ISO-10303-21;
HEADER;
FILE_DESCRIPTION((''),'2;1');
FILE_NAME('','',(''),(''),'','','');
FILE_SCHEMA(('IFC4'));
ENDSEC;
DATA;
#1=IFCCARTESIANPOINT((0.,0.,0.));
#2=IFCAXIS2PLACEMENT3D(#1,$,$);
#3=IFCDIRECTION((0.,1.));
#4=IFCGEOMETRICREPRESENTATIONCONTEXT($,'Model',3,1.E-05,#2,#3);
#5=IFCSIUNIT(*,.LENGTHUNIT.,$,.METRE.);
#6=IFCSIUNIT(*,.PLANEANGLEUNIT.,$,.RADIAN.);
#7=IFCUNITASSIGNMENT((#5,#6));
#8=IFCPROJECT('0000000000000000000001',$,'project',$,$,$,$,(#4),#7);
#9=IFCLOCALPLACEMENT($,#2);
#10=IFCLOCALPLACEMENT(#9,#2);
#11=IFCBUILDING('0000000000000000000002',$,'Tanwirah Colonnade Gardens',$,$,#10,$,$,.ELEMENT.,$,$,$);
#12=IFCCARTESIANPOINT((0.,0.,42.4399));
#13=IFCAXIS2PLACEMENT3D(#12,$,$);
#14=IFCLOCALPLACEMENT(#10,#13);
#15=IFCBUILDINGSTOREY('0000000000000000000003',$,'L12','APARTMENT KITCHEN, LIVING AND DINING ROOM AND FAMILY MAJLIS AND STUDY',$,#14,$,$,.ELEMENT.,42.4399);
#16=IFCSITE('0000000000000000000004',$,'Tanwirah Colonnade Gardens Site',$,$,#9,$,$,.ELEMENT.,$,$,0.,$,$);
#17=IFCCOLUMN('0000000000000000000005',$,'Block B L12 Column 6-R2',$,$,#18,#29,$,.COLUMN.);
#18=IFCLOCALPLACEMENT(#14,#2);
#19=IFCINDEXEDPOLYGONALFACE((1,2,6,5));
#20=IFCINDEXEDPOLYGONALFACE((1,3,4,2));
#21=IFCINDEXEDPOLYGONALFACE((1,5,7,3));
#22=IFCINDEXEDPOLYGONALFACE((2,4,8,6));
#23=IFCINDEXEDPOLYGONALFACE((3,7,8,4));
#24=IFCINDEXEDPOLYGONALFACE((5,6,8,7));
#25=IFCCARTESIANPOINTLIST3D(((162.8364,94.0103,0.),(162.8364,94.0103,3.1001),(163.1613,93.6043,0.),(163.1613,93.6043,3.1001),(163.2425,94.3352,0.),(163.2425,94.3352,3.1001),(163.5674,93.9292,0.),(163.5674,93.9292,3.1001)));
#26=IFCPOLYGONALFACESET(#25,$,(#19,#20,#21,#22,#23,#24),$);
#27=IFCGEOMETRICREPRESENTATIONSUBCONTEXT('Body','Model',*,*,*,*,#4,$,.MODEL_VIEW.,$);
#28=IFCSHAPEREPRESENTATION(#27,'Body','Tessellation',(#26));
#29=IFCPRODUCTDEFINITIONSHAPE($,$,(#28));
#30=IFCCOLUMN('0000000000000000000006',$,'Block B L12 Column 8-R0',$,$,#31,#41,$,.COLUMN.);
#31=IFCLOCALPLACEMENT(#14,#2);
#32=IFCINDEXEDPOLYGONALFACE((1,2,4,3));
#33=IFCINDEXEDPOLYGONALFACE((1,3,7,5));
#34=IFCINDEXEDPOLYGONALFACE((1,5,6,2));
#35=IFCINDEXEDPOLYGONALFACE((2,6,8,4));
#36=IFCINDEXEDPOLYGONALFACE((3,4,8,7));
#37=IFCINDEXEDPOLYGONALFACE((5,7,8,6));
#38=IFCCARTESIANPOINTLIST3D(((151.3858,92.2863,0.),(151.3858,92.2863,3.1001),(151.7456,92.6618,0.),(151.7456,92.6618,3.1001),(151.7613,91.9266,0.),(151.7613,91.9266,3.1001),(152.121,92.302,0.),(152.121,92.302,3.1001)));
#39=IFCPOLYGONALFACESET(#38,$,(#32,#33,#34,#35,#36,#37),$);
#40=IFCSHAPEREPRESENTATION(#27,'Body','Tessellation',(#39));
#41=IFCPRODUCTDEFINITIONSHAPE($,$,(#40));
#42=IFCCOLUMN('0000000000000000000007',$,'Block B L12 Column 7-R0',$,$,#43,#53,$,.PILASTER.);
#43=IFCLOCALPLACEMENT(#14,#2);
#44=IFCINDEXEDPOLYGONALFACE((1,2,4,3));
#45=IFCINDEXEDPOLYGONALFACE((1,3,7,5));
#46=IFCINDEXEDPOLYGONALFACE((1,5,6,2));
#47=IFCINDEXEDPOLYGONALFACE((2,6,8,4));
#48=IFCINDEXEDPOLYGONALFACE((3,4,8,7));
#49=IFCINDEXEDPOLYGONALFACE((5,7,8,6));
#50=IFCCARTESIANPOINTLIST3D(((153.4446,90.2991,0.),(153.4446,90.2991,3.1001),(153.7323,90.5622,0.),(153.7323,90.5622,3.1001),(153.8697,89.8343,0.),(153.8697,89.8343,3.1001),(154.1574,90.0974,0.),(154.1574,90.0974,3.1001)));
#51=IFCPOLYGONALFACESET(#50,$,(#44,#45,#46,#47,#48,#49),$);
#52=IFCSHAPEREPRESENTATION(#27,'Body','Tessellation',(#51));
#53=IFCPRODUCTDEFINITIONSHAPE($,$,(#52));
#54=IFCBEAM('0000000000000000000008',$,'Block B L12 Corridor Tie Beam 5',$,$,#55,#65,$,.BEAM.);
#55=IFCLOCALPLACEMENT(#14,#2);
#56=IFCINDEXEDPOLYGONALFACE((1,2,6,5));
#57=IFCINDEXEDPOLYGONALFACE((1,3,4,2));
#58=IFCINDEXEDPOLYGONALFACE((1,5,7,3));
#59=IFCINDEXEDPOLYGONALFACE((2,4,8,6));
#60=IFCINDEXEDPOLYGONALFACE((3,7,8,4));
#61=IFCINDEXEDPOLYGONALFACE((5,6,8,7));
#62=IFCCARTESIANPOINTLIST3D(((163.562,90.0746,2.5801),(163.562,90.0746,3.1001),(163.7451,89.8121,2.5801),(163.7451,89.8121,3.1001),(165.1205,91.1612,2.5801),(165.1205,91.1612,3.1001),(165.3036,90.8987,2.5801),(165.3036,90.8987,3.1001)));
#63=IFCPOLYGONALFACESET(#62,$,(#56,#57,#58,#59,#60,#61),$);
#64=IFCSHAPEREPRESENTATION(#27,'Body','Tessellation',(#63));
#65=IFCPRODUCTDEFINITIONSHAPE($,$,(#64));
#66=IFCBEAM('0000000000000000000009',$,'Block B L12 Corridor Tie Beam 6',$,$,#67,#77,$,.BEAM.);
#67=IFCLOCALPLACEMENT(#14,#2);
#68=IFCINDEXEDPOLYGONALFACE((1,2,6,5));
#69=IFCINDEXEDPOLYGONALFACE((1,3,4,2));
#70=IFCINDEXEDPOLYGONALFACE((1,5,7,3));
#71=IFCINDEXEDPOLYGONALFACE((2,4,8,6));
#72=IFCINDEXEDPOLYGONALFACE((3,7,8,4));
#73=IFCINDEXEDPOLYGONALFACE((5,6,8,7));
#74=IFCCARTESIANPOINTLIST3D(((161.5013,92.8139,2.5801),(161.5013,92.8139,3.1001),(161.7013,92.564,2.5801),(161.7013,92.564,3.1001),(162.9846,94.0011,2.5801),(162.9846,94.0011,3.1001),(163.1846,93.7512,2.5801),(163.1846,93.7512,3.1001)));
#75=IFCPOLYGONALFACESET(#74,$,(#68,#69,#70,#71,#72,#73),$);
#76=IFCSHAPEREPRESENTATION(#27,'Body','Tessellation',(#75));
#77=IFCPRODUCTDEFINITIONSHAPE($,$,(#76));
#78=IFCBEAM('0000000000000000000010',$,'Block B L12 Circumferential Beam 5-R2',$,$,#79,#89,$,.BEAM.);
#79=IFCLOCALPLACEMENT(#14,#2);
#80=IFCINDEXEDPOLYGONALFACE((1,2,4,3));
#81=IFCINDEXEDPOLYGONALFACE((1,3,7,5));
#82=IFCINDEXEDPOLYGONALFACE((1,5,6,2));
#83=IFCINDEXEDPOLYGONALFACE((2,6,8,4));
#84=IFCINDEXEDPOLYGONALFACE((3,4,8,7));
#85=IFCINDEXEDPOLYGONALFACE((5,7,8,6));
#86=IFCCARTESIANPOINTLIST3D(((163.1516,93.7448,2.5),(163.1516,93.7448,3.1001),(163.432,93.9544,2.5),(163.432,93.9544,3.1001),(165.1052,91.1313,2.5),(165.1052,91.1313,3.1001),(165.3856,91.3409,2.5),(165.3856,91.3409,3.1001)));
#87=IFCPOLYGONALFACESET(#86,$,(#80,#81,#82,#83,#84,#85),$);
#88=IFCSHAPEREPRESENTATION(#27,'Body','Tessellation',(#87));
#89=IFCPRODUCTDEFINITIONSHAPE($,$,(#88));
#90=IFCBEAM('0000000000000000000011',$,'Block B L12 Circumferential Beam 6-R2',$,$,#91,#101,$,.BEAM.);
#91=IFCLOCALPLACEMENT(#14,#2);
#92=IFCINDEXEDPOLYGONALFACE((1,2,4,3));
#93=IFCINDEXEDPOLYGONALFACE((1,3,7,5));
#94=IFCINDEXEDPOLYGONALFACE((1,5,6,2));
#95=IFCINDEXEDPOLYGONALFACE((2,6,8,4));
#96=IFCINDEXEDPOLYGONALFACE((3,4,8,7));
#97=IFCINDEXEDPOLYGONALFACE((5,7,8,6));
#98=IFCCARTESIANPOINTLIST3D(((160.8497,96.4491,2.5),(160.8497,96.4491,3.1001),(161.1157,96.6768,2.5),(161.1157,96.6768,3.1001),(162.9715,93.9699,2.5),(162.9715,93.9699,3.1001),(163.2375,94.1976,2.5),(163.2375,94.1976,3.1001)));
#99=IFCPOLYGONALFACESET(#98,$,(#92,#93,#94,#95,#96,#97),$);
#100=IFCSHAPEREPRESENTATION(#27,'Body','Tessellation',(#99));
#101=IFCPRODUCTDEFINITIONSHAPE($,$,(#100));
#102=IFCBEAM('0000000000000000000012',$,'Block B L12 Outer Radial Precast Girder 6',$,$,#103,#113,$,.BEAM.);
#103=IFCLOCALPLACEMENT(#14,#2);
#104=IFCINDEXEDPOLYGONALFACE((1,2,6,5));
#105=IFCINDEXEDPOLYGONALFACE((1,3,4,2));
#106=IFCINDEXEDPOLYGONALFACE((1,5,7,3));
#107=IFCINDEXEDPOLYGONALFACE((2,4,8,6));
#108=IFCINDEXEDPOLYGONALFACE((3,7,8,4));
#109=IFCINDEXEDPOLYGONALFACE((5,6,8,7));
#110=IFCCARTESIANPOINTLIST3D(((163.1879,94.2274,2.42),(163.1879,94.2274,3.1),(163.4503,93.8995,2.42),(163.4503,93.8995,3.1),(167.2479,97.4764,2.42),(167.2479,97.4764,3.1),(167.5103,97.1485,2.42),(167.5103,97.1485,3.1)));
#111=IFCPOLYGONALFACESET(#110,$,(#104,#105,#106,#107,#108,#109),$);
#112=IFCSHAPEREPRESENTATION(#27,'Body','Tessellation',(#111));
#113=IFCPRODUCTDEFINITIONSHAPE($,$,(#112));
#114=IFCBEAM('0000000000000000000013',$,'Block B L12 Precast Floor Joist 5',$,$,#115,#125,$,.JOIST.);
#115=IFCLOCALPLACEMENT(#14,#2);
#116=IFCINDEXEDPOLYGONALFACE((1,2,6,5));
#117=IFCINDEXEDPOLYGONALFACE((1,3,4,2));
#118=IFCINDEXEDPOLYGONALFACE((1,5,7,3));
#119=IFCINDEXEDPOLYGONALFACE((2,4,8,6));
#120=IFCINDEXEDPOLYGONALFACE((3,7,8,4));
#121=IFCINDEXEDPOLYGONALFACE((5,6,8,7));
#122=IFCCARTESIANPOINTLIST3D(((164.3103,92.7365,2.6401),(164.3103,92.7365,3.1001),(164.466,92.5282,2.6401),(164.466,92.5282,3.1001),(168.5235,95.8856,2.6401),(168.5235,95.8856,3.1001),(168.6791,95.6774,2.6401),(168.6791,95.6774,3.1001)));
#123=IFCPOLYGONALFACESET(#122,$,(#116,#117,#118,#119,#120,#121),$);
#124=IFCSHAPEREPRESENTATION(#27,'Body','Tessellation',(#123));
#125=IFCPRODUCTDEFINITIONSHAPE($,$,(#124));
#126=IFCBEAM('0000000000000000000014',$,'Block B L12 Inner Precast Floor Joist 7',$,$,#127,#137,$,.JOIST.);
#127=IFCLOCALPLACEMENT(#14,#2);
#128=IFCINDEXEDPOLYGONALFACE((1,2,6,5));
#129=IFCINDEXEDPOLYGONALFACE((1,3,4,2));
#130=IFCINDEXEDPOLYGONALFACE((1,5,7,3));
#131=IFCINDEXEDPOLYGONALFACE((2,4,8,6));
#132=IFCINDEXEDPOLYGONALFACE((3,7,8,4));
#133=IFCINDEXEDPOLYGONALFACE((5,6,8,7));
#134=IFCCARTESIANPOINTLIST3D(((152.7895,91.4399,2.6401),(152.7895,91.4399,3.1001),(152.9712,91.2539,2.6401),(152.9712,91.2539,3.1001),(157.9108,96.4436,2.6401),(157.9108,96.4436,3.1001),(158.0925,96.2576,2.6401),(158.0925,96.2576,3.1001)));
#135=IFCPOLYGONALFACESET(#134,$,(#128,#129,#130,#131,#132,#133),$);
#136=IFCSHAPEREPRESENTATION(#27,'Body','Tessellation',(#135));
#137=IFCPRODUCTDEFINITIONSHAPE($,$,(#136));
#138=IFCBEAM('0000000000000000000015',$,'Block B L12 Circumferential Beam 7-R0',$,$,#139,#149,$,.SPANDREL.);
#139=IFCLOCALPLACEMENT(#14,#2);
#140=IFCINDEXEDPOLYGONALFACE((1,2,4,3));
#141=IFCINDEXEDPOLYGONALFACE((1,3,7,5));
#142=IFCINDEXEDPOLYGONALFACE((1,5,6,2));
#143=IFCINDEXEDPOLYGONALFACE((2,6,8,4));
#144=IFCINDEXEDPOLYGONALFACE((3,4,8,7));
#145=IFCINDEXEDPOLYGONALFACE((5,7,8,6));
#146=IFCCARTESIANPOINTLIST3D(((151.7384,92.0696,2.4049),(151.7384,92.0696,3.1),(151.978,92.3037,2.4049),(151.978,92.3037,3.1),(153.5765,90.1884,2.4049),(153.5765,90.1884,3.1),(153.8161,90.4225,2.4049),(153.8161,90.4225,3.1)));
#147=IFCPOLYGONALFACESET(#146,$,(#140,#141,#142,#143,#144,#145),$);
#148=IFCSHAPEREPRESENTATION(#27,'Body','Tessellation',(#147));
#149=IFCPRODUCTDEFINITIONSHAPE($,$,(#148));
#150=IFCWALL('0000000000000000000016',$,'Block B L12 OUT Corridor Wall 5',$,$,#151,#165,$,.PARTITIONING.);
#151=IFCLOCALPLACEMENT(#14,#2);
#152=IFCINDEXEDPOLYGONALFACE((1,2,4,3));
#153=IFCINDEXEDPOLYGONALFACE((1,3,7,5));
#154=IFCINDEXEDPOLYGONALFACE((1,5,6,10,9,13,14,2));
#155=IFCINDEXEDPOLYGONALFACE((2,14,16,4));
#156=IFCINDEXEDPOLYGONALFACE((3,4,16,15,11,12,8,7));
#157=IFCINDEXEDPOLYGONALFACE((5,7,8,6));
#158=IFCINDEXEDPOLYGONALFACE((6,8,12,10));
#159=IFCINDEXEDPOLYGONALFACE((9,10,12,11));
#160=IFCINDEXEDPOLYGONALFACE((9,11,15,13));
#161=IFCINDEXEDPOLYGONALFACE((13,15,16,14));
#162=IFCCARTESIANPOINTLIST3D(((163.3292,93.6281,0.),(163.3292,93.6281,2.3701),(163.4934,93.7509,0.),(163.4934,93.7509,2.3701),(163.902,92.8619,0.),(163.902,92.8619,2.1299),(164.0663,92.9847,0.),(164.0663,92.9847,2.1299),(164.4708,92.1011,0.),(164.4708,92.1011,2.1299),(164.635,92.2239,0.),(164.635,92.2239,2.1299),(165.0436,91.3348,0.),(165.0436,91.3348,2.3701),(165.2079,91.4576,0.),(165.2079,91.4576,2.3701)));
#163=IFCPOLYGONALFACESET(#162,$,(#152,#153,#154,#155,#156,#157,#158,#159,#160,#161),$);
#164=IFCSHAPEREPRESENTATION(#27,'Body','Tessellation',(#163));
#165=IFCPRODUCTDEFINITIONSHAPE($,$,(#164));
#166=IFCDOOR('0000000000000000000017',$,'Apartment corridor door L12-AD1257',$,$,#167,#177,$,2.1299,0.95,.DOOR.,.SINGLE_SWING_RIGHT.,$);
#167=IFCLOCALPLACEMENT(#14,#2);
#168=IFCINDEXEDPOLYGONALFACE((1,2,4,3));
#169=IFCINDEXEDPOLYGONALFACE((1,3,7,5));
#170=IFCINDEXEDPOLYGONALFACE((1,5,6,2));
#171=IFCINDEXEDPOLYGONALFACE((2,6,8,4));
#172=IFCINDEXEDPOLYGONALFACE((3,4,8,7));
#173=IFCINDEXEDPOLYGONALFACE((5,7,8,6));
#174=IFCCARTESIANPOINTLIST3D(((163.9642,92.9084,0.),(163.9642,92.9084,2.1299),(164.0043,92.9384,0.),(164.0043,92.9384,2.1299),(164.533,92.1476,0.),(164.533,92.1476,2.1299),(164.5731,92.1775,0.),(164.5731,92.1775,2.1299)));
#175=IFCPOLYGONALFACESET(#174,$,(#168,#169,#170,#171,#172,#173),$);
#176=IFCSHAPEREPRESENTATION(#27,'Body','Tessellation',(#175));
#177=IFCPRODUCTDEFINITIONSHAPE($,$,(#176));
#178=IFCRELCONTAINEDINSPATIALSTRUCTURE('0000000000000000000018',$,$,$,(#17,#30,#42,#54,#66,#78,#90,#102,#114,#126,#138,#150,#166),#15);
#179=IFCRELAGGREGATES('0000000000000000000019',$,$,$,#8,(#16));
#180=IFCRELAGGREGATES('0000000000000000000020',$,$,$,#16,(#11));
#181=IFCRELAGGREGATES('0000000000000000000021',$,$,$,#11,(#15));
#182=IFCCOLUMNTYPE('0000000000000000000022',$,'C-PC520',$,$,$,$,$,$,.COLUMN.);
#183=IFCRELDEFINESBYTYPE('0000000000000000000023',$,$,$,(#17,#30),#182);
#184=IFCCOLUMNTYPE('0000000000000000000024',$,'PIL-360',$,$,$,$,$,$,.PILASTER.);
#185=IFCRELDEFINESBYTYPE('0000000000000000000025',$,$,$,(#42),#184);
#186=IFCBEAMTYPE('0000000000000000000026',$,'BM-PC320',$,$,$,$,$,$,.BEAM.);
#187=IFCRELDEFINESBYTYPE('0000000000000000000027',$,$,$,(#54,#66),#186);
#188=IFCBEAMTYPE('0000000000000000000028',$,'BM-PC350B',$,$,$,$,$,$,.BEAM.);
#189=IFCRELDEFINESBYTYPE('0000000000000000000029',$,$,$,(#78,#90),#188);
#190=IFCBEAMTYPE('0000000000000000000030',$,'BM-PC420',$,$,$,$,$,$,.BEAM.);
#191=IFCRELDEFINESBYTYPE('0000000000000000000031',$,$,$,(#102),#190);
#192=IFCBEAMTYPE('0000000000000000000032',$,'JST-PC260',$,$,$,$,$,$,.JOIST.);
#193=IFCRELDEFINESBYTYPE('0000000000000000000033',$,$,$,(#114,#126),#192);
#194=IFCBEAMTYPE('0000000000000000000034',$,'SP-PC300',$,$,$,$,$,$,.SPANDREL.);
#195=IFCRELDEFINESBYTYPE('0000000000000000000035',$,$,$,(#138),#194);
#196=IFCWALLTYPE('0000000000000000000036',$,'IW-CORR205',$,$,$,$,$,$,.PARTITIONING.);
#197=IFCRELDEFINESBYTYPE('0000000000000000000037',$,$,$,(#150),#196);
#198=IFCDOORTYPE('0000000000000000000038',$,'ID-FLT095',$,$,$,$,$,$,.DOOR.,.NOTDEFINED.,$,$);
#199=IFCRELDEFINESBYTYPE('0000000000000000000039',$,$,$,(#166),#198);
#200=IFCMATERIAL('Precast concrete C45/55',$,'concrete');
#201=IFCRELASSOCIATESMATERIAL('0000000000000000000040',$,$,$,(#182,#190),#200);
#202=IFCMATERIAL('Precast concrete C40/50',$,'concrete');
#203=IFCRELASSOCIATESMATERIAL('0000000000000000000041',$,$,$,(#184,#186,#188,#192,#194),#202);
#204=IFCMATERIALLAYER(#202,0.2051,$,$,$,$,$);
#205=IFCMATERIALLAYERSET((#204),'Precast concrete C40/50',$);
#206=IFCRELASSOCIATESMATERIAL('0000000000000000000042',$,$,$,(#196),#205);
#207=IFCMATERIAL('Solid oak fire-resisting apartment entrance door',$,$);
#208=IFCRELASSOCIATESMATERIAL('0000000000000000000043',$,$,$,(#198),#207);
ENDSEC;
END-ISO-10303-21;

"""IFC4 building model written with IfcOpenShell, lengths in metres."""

from ifc_helpers import new_model, si_unit, direction, frame, frame_2d, origin, origin_2d, place, context, subcontext, project, spatial, rectangle, extrude, material, layer, layer_set, material_profile, profile_set, type_object, element, fill, save


model = new_model("IFC4")

# Units and contexts
model_context = context("Model", 3, precision=1e-05, world=origin(), true_north=direction((0.0, 1.0)))
body_context = subcontext(model_context, "Body", "Model", "MODEL_VIEW")
ifc_project = project(units=[si_unit("LENGTHUNIT", "METRE"), si_unit("PLANEANGLEUNIT", "RADIAN")], contexts=[model_context])

# Site, building, storey
site_placement = place(None, origin())
site = spatial("IfcSite", under=ifc_project, at=site_placement, Name="Tanwirah Colonnade Gardens Site", CompositionType="ELEMENT", RefElevation=0.0)
building_placement = place(site_placement, origin())
building = spatial("IfcBuilding", under=site, at=building_placement, Name="Tanwirah Colonnade Gardens", CompositionType="ELEMENT")
storey_placement = place(building_placement, frame((0.0, 0.0, 42.4399)))
storey = spatial("IfcBuildingStorey", under=building, at=storey_placement, Name="L12", Description="APARTMENT KITCHEN, LIVING AND DINING ROOM AND FAMILY MAJLIS AND STUDY", CompositionType="ELEMENT", Elevation=42.4399)

# Columns
ifc_material_1 = material(Name="Precast concrete C45/55", Category="concrete")
ifc_material_profile_1 = material_profile(ifc_material_1, rectangle(XDim=0.52, YDim=0.52, at=origin_2d()), Name="PC-COL 520x520")
ifc_profile_set_1 = profile_set([ifc_material_profile_1], Name="Precast concrete C45/55")
column_type_1 = type_object("IfcColumnType", Name="C-PC520", PredefinedType="COLUMN", material=ifc_profile_set_1)
for number, where, z_axis, x_axis, name in (
    (1, (163.2019, 93.9697, 0.0), (0.0, 0.0, 1.0), (0.780794, 0.624789, 0.0), "Block B L12 Column 6-R2"),
    (2, (151.7534, 92.2942, 0.0), (0.0, 0.0, 1.0), (0.691863, 0.722029, 0.0), "Block B L12 Column 8-R0"),
):
    element("IfcColumn", number, at=place(storey_placement, frame(where, z_axis=z_axis, x_axis=x_axis)), inside=storey, type_object=column_type_1, Name=name, PredefinedType="COLUMN", context=body_context, shape_type="SweptSolid", body=[
        extrude(rectangle(XDim=0.52, YDim=0.52, at=origin_2d()), origin(), (0.0, 0.0, 1.0), 3.1001),
    ])
ifc_material_2 = material(Name="Precast concrete C40/50", Category="concrete")
ifc_material_profile_2 = material_profile(ifc_material_2, rectangle(XDim=0.3899, YDim=0.6299, at=origin_2d()), Name="PC-PIL 390x630")
ifc_profile_set_2 = profile_set([ifc_material_profile_2], Name="Precast concrete C40/50")
column_type_2 = type_object("IfcColumnType", Name="PIL-360", PredefinedType="PILASTER", material=ifc_profile_set_2)
column_placement = place(storey_placement, frame((153.801, 90.1982, 0.0), z_axis=(0.0, 0.0, 1.0), x_axis=(0.737932, 0.674875, 0.0)))
element("IfcColumn", 3, at=column_placement, inside=storey, type_object=column_type_2, Name="Block B L12 Column 7-R0", PredefinedType="PILASTER", context=body_context, shape_type="SweptSolid", body=[
    extrude(rectangle(XDim=0.3899, YDim=0.6299, at=origin_2d()), origin(), (0.0, 0.0, 1.0), 3.1001),
])

# Beams
ifc_material_profile_3 = material_profile(ifc_material_2, rectangle(XDim=0.3201, YDim=0.52, at=origin_2d()), Name="PC-BM 320x520")
ifc_profile_set_3 = profile_set([ifc_material_profile_3], Name="Precast concrete C40/50")
beam_type_1 = type_object("IfcBeamType", Name="BM-PC320", PredefinedType="BEAM", material=ifc_profile_set_3)
for number, where, z_axis, x_axis, name in (
    (4, (163.6536, 89.9434, 2.8401), (0.820305, 0.571926, 0.0), (-0.571926, 0.820305, 0.0), "Block B L12 Corridor Tie Beam 5"),
    (5, (161.6013, 92.689, 2.8401), (0.780731, 0.624867, 0.0), (-0.624867, 0.780731, 0.0), "Block B L12 Corridor Tie Beam 6"),
):
    element("IfcBeam", number, at=place(storey_placement, frame(where, z_axis=z_axis, x_axis=x_axis)), inside=storey, type_object=beam_type_1, Name=name, PredefinedType="BEAM", context=body_context, shape_type="SweptSolid", body=[
        extrude(rectangle(XDim=0.3201, YDim=0.52, at=origin_2d()), origin(), (0.0, 0.0, 1.0), 1.8999),
    ])
ifc_material_profile_4 = material_profile(ifc_material_2, rectangle(XDim=0.3501, YDim=0.6001, at=origin_2d()), Name="PC-BM 350x600")
ifc_profile_set_4 = profile_set([ifc_material_profile_4], Name="Precast concrete C40/50")
beam_type_2 = type_object("IfcBeamType", Name="BM-PC350B", PredefinedType="BEAM", material=ifc_profile_set_4)
beam_1_placement = place(storey_placement, frame((165.2454, 91.2361, 2.8), z_axis=(-0.598718, 0.80096, 0.0), x_axis=(-0.80096, -0.598718, 0.0)))
element("IfcBeam", 6, at=beam_1_placement, inside=storey, type_object=beam_type_2, Name="Block B L12 Circumferential Beam 5-R2", PredefinedType="BEAM", context=body_context, shape_type="SweptSolid", body=[
    extrude(rectangle(XDim=0.3501, YDim=0.6001, at=origin_2d()), origin(), (0.0, 0.0, 1.0), 3.2629),
])
beam_2_placement = place(storey_placement, frame((163.1045, 94.0837, 2.8), z_axis=(-0.650218, 0.759748, 0.0), x_axis=(-0.759748, -0.650218, 0.0)))
element("IfcBeam", 7, at=beam_2_placement, inside=storey, type_object=beam_type_2, Name="Block B L12 Circumferential Beam 6-R2", PredefinedType="BEAM", context=body_context, shape_type="SweptSolid", body=[
    extrude(rectangle(XDim=0.3501, YDim=0.6001, at=origin_2d()), origin(), (0.0, 0.0, 1.0), 3.2632),
])
ifc_material_profile_5 = material_profile(ifc_material_1, rectangle(XDim=0.4199, YDim=0.6799, at=origin_2d()), Name="PC-BM 420x680")
ifc_profile_set_5 = profile_set([ifc_material_profile_5], Name="Precast concrete C45/55")
beam_type_3 = type_object("IfcBeamType", Name="BM-PC420", PredefinedType="BEAM", material=ifc_profile_set_5)
beam_3_placement = place(storey_placement, frame((163.3191, 94.0635, 2.76), z_axis=(0.780777, 0.62481, 0.0), x_axis=(-0.62481, 0.780777, 0.0)))
element("IfcBeam", 8, at=beam_3_placement, inside=storey, type_object=beam_type_3, Name="Block B L12 Outer Radial Precast Girder 6", PredefinedType="BEAM", context=body_context, shape_type="SweptSolid", body=[
    extrude(rectangle(XDim=0.4199, YDim=0.6799, at=origin_2d()), origin(), (0.0, 0.0, 1.0), 5.2),
])
ifc_material_profile_6 = material_profile(ifc_material_2, rectangle(XDim=0.26, YDim=0.46, at=origin_2d()), Name="PC-JST 260x460")
ifc_profile_set_6 = profile_set([ifc_material_profile_6], Name="Precast concrete C40/50")
beam_type_4 = type_object("IfcBeamType", Name="JST-PC260", PredefinedType="JOIST", material=ifc_profile_set_6)
beam_4_placement = place(storey_placement, frame((164.3882, 92.6323, 2.8701), z_axis=(0.800974, 0.5987, 0.0), x_axis=(-0.5987, 0.800974, 0.0)))
element("IfcBeam", 9, at=beam_4_placement, inside=storey, type_object=beam_type_4, Name="Block B L12 Precast Floor Joist 5", PredefinedType="JOIST", context=body_context, shape_type="SweptSolid", body=[
    extrude(rectangle(XDim=0.26, YDim=0.46, at=origin_2d()), origin(), (0.0, 0.0, 1.0), 5.26),
])
beam_5_placement = place(storey_placement, frame((152.8804, 91.3469, 2.8701), z_axis=(0.715277, 0.698841, 0.0), x_axis=(-0.698841, 0.715277, 0.0)))
element("IfcBeam", 10, at=beam_5_placement, inside=storey, type_object=beam_type_4, Name="Block B L12 Inner Precast Floor Joist 7", PredefinedType="JOIST", context=body_context, shape_type="SweptSolid", body=[
    extrude(rectangle(XDim=0.26, YDim=0.46, at=origin_2d()), origin(), (0.0, 0.0, 1.0), 7.1599),
])
ifc_material_profile_7 = material_profile(ifc_material_2, rectangle(XDim=0.335, YDim=0.6951, at=origin_2d()), Name="PC-SP 335x695")
ifc_profile_set_7 = profile_set([ifc_material_profile_7], Name="Precast concrete C40/50")
beam_type_5 = type_object("IfcBeamType", Name="SP-PC300", PredefinedType="SPANDREL", material=ifc_profile_set_7)
beam_6_placement = place(storey_placement, frame((153.6963, 90.3054, 2.7524), z_axis=(-0.698844, 0.715274, 0.0), x_axis=(-0.715274, -0.698844, 0.0)))
element("IfcBeam", 11, at=beam_6_placement, inside=storey, type_object=beam_type_5, Name="Block B L12 Circumferential Beam 7-R0", PredefinedType="SPANDREL", context=body_context, shape_type="SweptSolid", body=[
    extrude(rectangle(XDim=0.335, YDim=0.6951, at=origin_2d()), origin(), (0.0, 0.0, 1.0), 2.6301),
])

# Wall, opening, door
ifc_layer_1 = layer(ifc_material_2, 0.2051)
ifc_layer_set_1 = layer_set([ifc_layer_1], Name="Precast concrete C40/50")
wall_type_1 = type_object("IfcWallType", Name="IW-CORR205", PredefinedType="PARTITIONING", material=ifc_layer_set_1)
wall_1_placement = place(storey_placement, frame((165.1257, 91.3962, 0.0), z_axis=(0.0, 0.0, 1.0), x_axis=(-0.598758, 0.80093, 0.0)))
wall_1 = element("IfcWall", 12, at=wall_1_placement, inside=storey, type_object=wall_type_1, Name="Block B L12 OUT Corridor Wall 5", PredefinedType="PARTITIONING", context=body_context, shape_type="SweptSolid", body=[
    extrude(rectangle(XDim=2.8633, YDim=0.2051, at=frame_2d((1.4316, 0.0))), origin(), (0.0, 0.0, 1.0), 2.3701),
])
opening_1_placement = place(wall_1_placement, frame((0.9565, 0.0, 0.0)))
opening_1 = element("IfcOpeningElement", 13, at=opening_1_placement, cuts=wall_1, PredefinedType="OPENING", context=body_context, shape_type="SweptSolid", body=[
    extrude(rectangle(XDim=0.95, YDim=2.1299, at=frame_2d((0.4751, 1.0649))), frame((0.0, 0.1125, 0.0), z_axis=(0.0, -1.0, 0.0), x_axis=(1.0, 0.0, 0.0)), (0.0, 0.0, 1.0), 0.2251),
])
ifc_material_3 = material(Name="Solid oak fire-resisting apartment entrance door")
door_type_1 = type_object("IfcDoorType", Name="ID-FLT095", OperationType="NOTDEFINED", PredefinedType="DOOR", material=ifc_material_3)
door_1_placement = place(opening_1_placement, origin())
door_1 = element("IfcDoor", 14, at=door_1_placement, inside=storey, type_object=door_type_1, Name="Apartment corridor door L12-AD1257", OperationType="SINGLE_SWING_RIGHT", OverallHeight=2.1299, OverallWidth=0.95, PredefinedType="DOOR", context=body_context, shape_type="SweptSolid", body=[
    extrude(rectangle(XDim=0.95, YDim=2.1299, at=frame_2d((0.4751, 1.0649))), frame((0.0, 0.0249, 0.0), z_axis=(0.0, -1.0, 0.0), x_axis=(1.0, 0.0, 0.0)), (0.0, 0.0, 1.0), 0.05),
])
fill(opening_1, door_1)

save(model, "model.ifc")
